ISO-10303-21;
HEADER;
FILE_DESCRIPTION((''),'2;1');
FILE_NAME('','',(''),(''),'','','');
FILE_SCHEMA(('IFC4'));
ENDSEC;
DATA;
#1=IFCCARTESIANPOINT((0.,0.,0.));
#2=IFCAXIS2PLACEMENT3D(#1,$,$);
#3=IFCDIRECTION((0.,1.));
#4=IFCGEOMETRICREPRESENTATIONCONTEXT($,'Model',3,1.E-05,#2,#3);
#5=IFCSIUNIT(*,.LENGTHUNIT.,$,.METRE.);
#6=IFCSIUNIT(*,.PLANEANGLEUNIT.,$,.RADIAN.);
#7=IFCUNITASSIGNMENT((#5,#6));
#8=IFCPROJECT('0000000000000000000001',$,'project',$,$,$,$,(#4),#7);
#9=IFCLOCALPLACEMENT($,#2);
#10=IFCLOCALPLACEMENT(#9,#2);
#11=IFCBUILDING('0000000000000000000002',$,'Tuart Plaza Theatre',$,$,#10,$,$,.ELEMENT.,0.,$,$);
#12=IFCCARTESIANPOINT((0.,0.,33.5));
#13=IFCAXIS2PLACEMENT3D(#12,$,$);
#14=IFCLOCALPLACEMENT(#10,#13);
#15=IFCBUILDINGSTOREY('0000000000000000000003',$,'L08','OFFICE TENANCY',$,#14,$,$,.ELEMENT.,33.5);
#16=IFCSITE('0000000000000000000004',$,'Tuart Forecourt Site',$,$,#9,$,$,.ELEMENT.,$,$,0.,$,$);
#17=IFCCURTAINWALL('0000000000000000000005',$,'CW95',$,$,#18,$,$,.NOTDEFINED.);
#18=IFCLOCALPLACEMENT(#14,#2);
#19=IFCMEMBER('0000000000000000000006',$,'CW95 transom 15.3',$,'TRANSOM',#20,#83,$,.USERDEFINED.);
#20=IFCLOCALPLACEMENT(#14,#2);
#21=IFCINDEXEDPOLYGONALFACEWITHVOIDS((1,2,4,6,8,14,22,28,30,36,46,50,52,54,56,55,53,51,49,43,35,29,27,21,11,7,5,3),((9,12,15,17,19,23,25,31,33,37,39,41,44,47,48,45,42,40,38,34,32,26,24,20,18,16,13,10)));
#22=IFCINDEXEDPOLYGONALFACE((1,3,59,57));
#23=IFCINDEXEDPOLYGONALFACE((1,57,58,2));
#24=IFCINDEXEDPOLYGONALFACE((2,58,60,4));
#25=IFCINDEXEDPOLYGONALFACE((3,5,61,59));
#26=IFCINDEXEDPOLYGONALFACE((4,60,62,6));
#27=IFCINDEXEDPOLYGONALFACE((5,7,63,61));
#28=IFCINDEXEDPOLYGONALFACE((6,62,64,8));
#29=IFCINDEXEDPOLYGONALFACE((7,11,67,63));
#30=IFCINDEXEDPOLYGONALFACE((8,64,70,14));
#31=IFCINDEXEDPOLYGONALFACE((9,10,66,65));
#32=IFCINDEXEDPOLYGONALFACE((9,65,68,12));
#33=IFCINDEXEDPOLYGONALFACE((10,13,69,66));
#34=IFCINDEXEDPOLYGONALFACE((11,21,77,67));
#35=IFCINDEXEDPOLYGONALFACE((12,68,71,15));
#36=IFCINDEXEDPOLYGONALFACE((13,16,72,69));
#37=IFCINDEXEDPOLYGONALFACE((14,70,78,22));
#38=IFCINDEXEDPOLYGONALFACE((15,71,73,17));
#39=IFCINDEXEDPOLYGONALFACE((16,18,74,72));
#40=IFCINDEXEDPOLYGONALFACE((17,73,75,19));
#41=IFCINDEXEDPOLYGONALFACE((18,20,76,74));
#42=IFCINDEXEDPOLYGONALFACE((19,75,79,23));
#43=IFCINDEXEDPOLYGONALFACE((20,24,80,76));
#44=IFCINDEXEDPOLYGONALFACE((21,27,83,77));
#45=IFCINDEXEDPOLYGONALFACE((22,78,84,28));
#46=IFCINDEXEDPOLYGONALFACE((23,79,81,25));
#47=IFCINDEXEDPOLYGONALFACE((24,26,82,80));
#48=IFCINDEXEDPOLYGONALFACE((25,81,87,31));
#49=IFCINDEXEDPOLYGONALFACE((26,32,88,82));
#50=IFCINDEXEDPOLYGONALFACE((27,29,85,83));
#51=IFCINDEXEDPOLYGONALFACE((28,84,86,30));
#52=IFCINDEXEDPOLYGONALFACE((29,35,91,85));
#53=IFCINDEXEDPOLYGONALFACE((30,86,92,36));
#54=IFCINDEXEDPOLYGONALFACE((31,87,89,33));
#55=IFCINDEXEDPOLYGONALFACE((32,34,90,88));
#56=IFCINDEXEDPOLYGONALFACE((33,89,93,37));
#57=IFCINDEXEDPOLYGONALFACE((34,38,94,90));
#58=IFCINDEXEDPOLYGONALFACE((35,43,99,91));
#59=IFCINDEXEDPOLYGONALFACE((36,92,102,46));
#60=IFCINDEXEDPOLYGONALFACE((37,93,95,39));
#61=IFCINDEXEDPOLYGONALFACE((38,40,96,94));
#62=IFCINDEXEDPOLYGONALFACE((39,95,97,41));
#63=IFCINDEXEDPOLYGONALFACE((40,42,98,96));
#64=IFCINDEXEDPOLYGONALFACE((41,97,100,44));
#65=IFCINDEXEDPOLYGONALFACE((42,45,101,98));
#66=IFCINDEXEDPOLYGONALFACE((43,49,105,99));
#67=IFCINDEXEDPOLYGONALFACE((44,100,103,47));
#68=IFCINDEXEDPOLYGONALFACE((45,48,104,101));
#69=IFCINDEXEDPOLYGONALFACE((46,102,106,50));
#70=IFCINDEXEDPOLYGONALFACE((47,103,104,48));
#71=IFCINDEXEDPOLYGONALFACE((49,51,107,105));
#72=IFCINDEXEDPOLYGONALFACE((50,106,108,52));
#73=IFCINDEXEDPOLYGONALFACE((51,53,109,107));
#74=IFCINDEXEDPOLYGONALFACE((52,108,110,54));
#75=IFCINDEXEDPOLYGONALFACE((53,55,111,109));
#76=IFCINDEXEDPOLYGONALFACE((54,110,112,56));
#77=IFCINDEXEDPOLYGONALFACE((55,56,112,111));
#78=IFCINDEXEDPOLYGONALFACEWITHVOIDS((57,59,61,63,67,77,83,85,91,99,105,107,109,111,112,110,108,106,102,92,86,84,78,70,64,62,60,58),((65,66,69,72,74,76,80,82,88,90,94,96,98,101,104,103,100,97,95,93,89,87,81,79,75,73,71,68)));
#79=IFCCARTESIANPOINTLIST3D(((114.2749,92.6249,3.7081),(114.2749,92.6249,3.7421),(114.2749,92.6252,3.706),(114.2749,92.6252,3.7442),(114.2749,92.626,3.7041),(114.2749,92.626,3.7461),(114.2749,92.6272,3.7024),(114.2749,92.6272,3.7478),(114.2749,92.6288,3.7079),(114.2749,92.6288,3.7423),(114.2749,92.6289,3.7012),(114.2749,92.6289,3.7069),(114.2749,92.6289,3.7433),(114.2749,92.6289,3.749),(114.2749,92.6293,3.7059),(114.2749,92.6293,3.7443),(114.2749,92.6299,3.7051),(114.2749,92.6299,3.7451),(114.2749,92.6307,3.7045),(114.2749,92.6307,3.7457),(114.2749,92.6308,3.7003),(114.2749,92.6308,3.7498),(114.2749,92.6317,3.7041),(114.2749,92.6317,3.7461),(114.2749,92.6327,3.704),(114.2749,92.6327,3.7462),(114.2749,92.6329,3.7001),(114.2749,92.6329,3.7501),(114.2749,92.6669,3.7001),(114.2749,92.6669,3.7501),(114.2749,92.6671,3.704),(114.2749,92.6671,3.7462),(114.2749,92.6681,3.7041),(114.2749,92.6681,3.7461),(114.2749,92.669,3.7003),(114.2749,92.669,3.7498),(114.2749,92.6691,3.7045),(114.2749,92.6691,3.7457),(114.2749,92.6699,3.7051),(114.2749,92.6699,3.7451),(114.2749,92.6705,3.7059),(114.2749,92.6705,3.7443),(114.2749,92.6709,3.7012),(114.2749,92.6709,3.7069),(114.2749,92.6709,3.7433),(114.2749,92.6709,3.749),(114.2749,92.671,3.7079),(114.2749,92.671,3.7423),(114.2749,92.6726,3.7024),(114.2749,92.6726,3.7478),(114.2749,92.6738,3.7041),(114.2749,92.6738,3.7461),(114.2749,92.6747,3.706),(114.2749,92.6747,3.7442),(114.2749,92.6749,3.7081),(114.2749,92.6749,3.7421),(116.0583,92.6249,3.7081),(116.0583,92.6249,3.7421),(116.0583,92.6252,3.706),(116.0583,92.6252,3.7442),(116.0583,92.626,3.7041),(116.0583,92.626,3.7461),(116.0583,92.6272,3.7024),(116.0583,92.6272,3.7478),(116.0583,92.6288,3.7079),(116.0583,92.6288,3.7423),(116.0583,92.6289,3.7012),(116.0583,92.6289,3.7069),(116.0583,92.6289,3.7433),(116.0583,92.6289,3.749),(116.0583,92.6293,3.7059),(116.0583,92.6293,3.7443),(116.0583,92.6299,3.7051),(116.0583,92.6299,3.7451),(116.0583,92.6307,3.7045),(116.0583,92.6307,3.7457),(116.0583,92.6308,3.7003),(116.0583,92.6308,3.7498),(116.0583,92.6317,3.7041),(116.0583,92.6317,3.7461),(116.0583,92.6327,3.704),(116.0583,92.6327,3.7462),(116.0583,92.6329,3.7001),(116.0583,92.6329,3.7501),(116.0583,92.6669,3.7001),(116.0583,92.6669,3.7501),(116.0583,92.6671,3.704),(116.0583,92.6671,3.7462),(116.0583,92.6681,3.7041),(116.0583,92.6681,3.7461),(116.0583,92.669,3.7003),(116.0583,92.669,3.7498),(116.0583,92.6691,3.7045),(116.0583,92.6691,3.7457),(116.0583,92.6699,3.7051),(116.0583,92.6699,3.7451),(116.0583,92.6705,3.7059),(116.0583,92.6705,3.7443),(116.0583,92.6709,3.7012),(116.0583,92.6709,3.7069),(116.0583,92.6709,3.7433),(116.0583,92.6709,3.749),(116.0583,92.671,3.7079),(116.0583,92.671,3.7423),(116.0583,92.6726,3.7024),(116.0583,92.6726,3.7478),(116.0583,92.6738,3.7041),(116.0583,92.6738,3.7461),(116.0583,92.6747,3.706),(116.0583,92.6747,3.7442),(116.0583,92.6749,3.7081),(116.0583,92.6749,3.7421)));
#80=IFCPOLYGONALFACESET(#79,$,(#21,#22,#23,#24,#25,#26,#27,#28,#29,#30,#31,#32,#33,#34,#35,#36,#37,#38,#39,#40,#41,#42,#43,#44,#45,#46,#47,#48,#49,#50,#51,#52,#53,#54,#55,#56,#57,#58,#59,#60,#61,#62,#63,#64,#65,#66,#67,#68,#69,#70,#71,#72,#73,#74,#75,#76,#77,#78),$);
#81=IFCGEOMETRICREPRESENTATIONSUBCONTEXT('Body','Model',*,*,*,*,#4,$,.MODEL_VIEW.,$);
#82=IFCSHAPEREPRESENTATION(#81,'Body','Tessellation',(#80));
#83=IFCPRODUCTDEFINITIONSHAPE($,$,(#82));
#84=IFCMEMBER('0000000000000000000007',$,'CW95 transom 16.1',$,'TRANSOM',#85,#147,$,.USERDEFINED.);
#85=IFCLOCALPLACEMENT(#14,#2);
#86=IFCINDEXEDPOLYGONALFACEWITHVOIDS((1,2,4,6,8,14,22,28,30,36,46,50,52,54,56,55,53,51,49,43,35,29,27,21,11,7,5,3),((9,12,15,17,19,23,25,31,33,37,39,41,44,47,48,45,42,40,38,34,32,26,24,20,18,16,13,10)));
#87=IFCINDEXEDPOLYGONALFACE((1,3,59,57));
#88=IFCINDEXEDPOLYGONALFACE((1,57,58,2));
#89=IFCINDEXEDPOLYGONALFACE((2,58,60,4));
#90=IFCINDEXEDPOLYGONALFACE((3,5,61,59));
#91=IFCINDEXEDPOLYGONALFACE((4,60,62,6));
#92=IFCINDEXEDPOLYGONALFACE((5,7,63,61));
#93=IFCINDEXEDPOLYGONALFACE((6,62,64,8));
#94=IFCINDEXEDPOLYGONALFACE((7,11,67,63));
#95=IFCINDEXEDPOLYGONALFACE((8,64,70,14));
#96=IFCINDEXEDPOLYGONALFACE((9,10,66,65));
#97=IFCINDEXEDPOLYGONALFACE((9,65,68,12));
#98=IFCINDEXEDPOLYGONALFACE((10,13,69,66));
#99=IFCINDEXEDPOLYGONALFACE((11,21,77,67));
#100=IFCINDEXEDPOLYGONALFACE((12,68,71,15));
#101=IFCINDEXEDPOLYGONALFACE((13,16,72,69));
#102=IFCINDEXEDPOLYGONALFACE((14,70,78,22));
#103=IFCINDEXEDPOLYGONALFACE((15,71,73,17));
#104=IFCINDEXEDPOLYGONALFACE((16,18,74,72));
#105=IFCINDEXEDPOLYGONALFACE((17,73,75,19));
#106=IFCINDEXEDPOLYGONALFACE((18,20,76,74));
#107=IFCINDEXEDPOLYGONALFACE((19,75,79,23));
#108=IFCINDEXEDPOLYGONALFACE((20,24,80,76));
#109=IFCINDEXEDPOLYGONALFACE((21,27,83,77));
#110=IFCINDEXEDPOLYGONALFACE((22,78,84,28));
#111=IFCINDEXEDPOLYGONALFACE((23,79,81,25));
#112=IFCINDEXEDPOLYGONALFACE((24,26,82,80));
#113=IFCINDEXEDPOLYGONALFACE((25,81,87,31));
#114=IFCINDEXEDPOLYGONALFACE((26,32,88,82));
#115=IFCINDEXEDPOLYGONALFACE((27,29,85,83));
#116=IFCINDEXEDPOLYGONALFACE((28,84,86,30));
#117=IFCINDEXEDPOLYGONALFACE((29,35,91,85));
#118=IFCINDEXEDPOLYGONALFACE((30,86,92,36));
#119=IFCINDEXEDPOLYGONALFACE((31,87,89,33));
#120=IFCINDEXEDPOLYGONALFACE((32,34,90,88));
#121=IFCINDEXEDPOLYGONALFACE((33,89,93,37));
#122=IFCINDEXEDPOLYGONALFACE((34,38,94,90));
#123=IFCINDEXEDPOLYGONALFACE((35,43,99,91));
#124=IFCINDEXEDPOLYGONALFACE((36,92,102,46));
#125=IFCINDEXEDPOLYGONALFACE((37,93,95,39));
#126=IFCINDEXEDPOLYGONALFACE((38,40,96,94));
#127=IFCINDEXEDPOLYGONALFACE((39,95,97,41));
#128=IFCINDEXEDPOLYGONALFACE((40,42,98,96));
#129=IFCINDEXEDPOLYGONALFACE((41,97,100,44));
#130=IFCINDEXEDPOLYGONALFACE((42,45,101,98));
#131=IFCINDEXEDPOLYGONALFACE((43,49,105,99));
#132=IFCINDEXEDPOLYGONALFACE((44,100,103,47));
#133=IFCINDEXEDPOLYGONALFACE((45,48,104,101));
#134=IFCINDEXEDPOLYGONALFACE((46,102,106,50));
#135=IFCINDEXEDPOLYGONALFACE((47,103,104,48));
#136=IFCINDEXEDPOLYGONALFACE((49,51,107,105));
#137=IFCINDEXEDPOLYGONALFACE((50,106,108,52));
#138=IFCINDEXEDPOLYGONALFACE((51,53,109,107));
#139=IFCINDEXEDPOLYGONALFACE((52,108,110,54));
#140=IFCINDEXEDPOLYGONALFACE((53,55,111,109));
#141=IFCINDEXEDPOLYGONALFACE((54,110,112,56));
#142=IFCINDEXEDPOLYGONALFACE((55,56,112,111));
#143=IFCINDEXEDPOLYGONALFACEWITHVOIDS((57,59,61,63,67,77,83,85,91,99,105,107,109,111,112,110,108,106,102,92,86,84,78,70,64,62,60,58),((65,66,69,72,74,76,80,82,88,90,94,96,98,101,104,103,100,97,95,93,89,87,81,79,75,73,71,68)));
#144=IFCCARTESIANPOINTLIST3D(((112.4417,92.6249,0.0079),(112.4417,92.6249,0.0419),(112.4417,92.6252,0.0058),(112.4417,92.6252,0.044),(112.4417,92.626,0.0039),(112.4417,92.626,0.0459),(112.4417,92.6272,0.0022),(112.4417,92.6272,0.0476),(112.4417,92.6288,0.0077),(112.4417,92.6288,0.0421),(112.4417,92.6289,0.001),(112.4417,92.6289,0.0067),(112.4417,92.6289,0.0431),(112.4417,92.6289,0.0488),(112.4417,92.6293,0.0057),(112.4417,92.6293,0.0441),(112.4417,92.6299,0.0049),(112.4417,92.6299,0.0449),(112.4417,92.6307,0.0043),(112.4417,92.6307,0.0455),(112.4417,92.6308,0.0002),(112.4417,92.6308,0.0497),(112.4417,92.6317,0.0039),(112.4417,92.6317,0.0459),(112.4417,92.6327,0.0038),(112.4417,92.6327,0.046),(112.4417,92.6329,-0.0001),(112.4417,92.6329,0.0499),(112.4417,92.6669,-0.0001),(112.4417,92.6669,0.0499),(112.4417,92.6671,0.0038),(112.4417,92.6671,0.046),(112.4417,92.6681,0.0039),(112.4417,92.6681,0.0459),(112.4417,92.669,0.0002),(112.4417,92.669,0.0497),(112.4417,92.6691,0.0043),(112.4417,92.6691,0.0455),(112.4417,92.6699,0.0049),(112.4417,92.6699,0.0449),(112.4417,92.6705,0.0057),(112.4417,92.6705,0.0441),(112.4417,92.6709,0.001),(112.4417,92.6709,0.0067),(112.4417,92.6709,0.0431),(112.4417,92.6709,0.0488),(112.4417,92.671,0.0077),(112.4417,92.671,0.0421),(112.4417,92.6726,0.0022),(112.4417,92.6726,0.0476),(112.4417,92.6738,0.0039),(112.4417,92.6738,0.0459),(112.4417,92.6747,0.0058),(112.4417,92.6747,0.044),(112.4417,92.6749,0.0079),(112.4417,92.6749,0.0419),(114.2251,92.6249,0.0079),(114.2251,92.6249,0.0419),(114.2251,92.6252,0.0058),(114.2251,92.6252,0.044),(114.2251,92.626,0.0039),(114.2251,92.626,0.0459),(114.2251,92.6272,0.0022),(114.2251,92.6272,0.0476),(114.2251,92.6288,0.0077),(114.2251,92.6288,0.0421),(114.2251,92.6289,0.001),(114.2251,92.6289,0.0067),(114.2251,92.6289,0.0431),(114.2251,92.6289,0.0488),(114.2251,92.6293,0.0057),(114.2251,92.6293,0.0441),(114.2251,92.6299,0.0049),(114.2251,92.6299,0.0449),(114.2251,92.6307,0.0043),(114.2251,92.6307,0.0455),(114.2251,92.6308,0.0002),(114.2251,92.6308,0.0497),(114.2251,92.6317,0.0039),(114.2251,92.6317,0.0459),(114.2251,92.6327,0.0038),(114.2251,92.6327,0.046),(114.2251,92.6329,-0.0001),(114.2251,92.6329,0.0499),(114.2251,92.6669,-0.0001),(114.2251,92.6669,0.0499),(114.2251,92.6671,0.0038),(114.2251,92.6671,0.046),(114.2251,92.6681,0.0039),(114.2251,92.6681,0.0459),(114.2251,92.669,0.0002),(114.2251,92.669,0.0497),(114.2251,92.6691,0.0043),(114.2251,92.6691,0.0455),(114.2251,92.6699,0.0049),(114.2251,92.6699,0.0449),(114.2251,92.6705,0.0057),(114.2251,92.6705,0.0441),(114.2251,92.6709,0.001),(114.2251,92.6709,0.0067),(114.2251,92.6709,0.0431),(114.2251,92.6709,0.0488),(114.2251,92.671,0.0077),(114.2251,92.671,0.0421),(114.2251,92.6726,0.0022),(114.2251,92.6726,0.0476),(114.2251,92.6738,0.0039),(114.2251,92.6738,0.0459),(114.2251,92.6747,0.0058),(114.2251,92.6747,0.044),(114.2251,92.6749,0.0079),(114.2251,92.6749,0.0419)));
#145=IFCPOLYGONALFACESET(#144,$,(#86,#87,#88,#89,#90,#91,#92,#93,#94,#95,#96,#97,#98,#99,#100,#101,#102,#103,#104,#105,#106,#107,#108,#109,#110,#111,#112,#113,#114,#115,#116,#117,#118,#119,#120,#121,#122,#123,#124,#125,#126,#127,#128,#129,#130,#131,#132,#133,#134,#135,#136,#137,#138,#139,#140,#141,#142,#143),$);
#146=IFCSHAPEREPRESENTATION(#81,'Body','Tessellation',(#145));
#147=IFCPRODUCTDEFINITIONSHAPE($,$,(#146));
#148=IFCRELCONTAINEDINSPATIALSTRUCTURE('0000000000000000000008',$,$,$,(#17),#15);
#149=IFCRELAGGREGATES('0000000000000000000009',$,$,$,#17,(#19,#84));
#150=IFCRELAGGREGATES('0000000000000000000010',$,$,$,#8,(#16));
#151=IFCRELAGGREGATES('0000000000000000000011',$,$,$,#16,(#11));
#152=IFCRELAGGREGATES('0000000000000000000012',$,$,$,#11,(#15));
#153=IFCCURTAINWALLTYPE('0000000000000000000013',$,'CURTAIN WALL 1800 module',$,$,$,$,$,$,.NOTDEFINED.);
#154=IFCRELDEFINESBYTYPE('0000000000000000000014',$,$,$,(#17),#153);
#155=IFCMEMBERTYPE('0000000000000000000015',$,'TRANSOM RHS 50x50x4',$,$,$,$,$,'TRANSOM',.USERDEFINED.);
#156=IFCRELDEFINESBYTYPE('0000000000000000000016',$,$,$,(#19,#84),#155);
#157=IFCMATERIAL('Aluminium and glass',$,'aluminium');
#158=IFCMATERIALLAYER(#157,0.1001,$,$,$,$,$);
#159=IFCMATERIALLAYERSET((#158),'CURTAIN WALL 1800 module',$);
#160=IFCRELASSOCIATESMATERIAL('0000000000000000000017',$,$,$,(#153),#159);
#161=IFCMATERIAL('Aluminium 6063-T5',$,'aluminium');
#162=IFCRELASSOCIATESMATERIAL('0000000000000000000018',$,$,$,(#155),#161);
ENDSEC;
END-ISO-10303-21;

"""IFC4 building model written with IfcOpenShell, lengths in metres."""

from ifc_helpers import new_model, si_unit, direction, frame, origin, origin_2d, place, context, subcontext, project, spatial, hollow_rectangle, extrude, material, layer, layer_set, material_profile, profile_set, type_object, element, aggregate, save


model = new_model("IFC4")

# Units and contexts
model_context = context("Model", 3, precision=1e-05, world=origin(), true_north=direction((0.0, 1.0)))
body_context = subcontext(model_context, "Body", "Model", "MODEL_VIEW")
ifc_project = project(units=[si_unit("LENGTHUNIT", "METRE"), si_unit("PLANEANGLEUNIT", "RADIAN")], contexts=[model_context])

# Site, building, storey
site_placement = place(None, origin())
site = spatial("IfcSite", under=ifc_project, at=site_placement, Name="Tuart Forecourt Site", CompositionType="ELEMENT", RefElevation=0.0)
building_placement = place(site_placement, origin())
building = spatial("IfcBuilding", under=site, at=building_placement, Name="Tuart Plaza Theatre", CompositionType="ELEMENT", ElevationOfRefHeight=0.0)
storey_placement = place(building_placement, frame((0.0, 0.0, 33.5)))
storey = spatial("IfcBuildingStorey", under=building, at=storey_placement, Name="L08", Description="OFFICE TENANCY", CompositionType="ELEMENT", Elevation=33.5)

# Curtain wall, members
ifc_material_1 = material(Name="Aluminium and glass", Category="aluminium")
ifc_layer_1 = layer(ifc_material_1, 0.1001)
ifc_layer_set_1 = layer_set([ifc_layer_1], Name="CURTAIN WALL 1800 module")
curtain_wall_type = type_object("IfcCurtainWallType", Name="CURTAIN WALL 1800 module", PredefinedType="NOTDEFINED", material=ifc_layer_set_1)
curtain_wall_placement = place(storey_placement, origin())
curtain_wall = element("IfcCurtainWall", 1, at=curtain_wall_placement, inside=storey, type_object=curtain_wall_type, Name="CW95", PredefinedType="NOTDEFINED")
ifc_material_2 = material(Name="Aluminium 6063-T5", Category="aluminium")
ifc_material_profile_1 = material_profile(ifc_material_2, hollow_rectangle(XDim=0.05, YDim=0.05, WallThickness=0.0039, InnerFilletRadius=0.0039, OuterFilletRadius=0.0081, at=origin_2d()), Name="RHS 50x50x4")
ifc_profile_set_1 = profile_set([ifc_material_profile_1], Name="Aluminium 6063-T5")
member_type_1 = type_object("IfcMemberType", Name="TRANSOM RHS 50x50x4", ElementType="TRANSOM", PredefinedType="USERDEFINED", material=ifc_profile_set_1)
member_1_placement = place(storey_placement, frame((116.0583, 92.6499, 3.7251), z_axis=(-1.0, 0.0, 0.0), x_axis=(0.0, -1.0, 0.0)))
member_1 = element("IfcMember", 2, at=member_1_placement, type_object=member_type_1, Name="CW95 transom 15.3", ObjectType="TRANSOM", PredefinedType="USERDEFINED", context=body_context, shape_type="SweptSolid", body=[
    extrude(hollow_rectangle(XDim=0.05, YDim=0.05, WallThickness=0.0039, InnerFilletRadius=0.0039, OuterFilletRadius=0.0081, at=origin_2d()), origin(), (0.0, 0.0, 1.0), 1.7834),
])
member_2_placement = place(storey_placement, frame((114.2251, 92.6499, 0.0249), z_axis=(-1.0, 0.0, 0.0), x_axis=(0.0, -1.0, 0.0)))
member_2 = element("IfcMember", 3, at=member_2_placement, type_object=member_type_1, Name="CW95 transom 16.1", ObjectType="TRANSOM", PredefinedType="USERDEFINED", context=body_context, shape_type="SweptSolid", body=[
    extrude(hollow_rectangle(XDim=0.05, YDim=0.05, WallThickness=0.0039, InnerFilletRadius=0.0039, OuterFilletRadius=0.0081, at=origin_2d()), origin(), (0.0, 0.0, 1.0), 1.7834),
])
aggregate(curtain_wall, [member_1, member_2])

save(model, "model.ifc")
